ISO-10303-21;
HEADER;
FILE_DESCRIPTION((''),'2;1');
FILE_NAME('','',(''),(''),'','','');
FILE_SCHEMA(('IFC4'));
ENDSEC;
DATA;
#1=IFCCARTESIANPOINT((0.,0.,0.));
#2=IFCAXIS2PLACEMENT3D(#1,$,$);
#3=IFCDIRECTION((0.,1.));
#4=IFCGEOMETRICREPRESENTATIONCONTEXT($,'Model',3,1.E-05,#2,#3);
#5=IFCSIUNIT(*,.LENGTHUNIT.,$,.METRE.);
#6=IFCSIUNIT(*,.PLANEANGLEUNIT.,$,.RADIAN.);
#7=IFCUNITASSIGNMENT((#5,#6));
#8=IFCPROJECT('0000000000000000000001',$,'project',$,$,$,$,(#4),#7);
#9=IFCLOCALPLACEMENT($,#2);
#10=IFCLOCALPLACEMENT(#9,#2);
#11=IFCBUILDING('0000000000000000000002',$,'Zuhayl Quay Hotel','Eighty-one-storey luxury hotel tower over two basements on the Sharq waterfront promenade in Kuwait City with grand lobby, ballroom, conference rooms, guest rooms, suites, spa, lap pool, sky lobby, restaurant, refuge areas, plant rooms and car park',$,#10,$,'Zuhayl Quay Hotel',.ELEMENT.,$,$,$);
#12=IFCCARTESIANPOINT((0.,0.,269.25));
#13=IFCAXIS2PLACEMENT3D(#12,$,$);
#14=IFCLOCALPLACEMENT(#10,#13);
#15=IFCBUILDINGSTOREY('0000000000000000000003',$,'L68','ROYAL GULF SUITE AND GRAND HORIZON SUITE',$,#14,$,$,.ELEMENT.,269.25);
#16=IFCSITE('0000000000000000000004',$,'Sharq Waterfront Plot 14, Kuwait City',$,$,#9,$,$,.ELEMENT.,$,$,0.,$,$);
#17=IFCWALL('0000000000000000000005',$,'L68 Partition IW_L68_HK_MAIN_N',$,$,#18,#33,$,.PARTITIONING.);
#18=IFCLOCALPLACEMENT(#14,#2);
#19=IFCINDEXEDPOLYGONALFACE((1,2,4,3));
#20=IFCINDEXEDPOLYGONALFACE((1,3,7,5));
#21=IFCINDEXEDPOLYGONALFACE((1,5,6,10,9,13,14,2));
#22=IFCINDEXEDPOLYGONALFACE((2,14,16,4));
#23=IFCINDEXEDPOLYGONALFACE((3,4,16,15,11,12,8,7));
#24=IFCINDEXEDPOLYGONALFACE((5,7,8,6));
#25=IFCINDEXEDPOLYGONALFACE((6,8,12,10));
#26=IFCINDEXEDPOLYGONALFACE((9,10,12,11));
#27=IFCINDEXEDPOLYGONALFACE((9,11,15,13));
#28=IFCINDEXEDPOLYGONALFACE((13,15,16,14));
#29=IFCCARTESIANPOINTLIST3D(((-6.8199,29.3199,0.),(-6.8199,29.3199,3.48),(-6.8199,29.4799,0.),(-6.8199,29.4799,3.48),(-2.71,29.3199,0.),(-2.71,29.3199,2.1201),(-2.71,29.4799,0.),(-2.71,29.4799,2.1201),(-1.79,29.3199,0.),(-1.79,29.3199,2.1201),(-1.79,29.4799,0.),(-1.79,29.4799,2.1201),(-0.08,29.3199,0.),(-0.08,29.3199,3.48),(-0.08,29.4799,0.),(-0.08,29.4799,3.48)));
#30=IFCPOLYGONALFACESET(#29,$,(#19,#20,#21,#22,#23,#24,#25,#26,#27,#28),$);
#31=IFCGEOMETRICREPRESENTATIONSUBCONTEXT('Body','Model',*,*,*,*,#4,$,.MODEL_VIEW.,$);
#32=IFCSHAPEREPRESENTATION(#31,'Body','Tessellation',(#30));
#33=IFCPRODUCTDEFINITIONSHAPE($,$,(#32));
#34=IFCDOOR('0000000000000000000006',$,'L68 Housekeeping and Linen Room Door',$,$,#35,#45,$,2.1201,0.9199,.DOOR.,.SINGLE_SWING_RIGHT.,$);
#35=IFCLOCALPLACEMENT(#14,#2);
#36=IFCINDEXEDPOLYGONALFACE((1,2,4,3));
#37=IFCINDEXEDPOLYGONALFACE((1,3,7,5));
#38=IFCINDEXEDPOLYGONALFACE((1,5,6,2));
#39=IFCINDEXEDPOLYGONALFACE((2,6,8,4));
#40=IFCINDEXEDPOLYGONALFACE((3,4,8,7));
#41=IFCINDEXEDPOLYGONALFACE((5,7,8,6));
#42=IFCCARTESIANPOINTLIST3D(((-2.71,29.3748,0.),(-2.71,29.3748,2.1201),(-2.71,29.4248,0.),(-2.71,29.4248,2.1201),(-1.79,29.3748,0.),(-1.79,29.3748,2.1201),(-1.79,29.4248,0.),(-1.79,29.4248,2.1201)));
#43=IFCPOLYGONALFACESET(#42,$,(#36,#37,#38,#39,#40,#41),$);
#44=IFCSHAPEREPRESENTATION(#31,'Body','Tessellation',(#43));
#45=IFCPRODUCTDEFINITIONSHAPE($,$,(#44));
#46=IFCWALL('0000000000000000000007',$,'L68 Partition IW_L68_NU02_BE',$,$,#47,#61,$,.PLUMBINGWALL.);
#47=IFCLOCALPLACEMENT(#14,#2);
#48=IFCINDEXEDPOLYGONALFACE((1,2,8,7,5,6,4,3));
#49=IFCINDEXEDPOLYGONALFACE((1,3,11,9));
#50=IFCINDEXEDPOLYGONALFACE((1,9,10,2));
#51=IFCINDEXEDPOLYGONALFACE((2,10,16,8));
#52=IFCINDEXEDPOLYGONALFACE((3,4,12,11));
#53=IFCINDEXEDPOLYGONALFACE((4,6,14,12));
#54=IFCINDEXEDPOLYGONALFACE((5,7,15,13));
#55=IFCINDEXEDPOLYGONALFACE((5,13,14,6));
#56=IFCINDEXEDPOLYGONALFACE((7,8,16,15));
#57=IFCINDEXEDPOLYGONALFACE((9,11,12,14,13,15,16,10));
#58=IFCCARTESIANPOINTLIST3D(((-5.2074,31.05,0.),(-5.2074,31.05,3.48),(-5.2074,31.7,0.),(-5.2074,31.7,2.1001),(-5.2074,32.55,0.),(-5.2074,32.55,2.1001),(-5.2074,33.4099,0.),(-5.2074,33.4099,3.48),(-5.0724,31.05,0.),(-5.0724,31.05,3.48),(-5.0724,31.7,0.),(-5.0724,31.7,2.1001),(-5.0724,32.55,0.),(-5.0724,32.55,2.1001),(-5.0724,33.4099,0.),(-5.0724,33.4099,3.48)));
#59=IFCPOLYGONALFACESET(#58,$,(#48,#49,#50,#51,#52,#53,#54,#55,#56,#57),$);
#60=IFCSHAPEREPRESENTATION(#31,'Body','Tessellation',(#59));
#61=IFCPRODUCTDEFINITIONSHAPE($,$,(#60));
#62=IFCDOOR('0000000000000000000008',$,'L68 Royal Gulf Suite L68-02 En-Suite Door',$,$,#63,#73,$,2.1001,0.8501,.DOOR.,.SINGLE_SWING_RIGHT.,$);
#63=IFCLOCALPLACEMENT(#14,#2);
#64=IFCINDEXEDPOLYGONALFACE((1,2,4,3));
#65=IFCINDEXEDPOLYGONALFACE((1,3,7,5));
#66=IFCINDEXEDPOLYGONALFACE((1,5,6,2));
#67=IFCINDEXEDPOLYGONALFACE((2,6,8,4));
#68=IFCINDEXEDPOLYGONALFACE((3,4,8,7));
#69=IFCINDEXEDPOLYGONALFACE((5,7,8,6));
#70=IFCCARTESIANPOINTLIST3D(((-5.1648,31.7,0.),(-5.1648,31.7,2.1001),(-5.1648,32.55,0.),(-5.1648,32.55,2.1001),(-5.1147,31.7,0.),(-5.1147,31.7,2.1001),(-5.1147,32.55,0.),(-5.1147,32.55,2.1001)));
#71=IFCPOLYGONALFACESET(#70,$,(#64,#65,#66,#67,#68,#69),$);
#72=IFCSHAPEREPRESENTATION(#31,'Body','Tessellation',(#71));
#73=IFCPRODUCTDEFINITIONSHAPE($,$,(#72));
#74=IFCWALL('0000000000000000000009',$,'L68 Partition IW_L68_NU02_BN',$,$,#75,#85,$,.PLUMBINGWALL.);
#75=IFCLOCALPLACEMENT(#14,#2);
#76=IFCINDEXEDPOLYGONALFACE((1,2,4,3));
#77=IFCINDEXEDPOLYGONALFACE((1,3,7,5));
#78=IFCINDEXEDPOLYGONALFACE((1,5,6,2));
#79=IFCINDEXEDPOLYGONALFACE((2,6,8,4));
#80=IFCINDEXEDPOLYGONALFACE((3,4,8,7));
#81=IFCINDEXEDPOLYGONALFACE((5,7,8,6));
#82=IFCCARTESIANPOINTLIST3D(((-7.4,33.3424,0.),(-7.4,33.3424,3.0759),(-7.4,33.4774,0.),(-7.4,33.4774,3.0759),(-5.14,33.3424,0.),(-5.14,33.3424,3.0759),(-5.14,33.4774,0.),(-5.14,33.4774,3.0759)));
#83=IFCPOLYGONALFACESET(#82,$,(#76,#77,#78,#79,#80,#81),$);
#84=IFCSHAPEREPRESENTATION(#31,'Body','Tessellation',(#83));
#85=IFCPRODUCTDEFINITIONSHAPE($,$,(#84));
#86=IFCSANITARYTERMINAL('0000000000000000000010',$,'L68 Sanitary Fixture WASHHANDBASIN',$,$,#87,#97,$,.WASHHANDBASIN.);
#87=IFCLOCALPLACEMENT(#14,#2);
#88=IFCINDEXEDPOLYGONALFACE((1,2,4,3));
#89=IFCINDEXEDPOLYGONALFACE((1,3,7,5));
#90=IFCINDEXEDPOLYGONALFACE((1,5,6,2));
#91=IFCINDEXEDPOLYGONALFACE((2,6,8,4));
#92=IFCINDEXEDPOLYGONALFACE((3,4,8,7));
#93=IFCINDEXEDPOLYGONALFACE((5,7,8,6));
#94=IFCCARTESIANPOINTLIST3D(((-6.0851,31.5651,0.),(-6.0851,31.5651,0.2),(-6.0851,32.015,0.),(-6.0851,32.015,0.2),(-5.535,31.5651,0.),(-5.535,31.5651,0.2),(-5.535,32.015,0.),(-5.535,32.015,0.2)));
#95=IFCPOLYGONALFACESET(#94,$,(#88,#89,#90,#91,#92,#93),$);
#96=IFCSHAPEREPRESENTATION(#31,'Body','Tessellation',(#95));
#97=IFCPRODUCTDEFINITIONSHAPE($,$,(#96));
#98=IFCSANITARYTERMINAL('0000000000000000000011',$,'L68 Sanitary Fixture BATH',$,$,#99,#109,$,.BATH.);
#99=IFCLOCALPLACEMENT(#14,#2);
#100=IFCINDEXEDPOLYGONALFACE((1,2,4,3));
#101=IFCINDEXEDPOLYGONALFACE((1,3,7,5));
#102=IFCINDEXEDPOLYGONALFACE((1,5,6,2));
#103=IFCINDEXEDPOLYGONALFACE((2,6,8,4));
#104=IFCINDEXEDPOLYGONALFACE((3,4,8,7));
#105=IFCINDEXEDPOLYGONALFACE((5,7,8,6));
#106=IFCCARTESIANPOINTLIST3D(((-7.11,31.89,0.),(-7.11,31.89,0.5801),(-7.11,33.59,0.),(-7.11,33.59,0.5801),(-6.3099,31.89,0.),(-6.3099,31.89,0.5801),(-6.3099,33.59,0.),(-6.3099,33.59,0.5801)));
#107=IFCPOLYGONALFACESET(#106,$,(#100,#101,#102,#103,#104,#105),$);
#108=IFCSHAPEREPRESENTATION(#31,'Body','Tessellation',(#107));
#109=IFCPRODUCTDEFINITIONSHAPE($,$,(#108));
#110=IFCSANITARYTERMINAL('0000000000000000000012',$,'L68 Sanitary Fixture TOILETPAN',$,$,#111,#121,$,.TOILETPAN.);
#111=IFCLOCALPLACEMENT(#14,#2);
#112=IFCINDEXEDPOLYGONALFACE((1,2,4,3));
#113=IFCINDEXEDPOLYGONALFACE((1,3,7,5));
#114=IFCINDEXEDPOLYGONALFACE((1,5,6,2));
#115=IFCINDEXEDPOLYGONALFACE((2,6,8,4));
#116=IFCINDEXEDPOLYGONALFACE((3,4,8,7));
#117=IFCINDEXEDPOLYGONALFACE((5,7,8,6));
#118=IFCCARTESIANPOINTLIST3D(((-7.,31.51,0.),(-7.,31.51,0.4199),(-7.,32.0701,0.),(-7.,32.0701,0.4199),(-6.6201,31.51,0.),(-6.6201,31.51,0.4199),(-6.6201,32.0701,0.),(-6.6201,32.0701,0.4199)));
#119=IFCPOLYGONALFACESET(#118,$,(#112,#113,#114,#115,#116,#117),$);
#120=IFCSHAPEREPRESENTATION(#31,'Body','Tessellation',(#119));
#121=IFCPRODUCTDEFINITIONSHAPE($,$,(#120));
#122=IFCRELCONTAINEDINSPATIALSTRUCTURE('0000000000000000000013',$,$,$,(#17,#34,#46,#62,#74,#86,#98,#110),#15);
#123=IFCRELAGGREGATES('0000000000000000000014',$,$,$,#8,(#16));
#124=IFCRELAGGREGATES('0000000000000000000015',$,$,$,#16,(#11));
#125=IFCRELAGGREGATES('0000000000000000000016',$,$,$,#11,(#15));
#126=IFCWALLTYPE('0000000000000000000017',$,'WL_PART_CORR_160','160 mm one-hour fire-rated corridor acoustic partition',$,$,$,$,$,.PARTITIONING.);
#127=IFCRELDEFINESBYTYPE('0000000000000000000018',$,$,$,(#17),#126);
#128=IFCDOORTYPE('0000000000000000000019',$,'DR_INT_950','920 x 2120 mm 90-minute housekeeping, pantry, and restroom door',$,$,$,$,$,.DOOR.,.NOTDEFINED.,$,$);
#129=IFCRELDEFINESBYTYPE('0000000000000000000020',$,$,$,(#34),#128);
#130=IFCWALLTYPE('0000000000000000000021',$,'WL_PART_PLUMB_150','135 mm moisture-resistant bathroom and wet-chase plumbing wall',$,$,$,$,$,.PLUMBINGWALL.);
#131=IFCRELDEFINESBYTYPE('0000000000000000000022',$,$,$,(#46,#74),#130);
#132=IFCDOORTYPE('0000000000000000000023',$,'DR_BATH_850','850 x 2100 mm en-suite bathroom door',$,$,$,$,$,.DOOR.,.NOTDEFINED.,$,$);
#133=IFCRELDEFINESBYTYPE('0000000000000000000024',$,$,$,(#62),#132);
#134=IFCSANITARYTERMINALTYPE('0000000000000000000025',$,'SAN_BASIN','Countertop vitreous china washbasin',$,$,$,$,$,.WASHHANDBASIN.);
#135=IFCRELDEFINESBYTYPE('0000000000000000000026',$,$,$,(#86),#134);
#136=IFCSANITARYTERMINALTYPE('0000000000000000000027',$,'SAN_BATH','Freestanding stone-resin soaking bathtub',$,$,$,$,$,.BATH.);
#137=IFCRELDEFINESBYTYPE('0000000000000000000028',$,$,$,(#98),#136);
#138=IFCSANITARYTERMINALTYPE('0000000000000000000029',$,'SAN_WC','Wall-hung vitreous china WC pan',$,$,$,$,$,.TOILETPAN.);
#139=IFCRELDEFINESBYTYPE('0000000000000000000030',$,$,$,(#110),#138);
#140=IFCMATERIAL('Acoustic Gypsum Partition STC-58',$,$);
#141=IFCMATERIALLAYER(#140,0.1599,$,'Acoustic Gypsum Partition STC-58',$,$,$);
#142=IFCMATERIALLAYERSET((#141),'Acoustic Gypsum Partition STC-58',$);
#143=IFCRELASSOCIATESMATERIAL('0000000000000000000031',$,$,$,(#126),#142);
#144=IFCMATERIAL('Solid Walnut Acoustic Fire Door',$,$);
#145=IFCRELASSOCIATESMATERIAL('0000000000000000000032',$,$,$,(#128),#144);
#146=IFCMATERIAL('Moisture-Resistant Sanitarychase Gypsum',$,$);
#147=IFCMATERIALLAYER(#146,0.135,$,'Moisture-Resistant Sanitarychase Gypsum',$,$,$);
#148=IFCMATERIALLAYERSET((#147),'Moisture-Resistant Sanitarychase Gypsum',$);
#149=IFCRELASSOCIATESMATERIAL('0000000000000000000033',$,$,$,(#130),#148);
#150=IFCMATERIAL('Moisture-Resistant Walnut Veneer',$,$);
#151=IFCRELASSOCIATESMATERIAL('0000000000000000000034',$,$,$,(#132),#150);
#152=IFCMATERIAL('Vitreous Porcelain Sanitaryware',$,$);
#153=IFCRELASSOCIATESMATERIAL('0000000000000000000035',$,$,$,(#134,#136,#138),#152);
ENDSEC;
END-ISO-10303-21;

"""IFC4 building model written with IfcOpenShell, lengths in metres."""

from ifc_helpers import new_model, si_unit, direction, frame, frame_2d, origin, origin_2d, place, context, subcontext, project, spatial, rectangle, extrude, material, layer, layer_set, type_object, element, fill, save


model = new_model("IFC4")

# Units and contexts
model_context = context("Model", 3, precision=1e-05, world=origin(), true_north=direction((0.0, 1.0)))
body_context = subcontext(model_context, "Body", "Model", "MODEL_VIEW")
ifc_project = project(units=[si_unit("LENGTHUNIT", "METRE"), si_unit("PLANEANGLEUNIT", "RADIAN")], contexts=[model_context])

# Site, building, storey
site_placement = place(None, origin())
site = spatial("IfcSite", under=ifc_project, at=site_placement, Name="Sharq Waterfront Plot 14, Kuwait City", CompositionType="ELEMENT", RefElevation=0.0)
building_placement = place(site_placement, origin())
building = spatial("IfcBuilding", under=site, at=building_placement, Name="Zuhayl Quay Hotel", Description="Eighty-one-storey luxury hotel tower over two basements on the Sharq waterfront promenade in Kuwait City with grand lobby, ballroom, conference rooms, guest rooms, suites, spa, lap pool, sky lobby, restaurant, refuge areas, plant rooms and car park", LongName="Zuhayl Quay Hotel", CompositionType="ELEMENT")
storey_placement = place(building_placement, frame((0.0, 0.0, 269.25)))
storey = spatial("IfcBuildingStorey", under=building, at=storey_placement, Name="L68", Description="ROYAL GULF SUITE AND GRAND HORIZON SUITE", CompositionType="ELEMENT", Elevation=269.25)

# Shared definitions
ifc_material_1 = material(Name="Acoustic Gypsum Partition STC-58")

# Walls, openings, doors
ifc_layer_1 = layer(ifc_material_1, 0.1599, Name="Acoustic Gypsum Partition STC-58")
ifc_layer_set_1 = layer_set([ifc_layer_1], Name="Acoustic Gypsum Partition STC-58")
wall_type_1 = type_object("IfcWallType", Name="WL_PART_CORR_160", Description="160 mm one-hour fire-rated corridor acoustic partition", PredefinedType="PARTITIONING", material=ifc_layer_set_1)
ifc_material_2 = material(Name="Solid Walnut Acoustic Fire Door")
wall_1_placement = place(storey_placement, frame((-6.8201, 29.3999, 0.0), z_axis=(0.0, 0.0, 1.0), x_axis=(1.0, 0.0, 0.0)))
wall_1 = element("IfcWall", 1, at=wall_1_placement, inside=storey, type_object=wall_type_1, Name="L68 Partition IW_L68_HK_MAIN_N", PredefinedType="PARTITIONING", context=body_context, shape_type="SweptSolid", body=[
    extrude(rectangle(XDim=6.74, YDim=0.1599, at=frame_2d((3.3701, 0.0))), origin(), (0.0, 0.0, 1.0), 3.48),
])
opening_1_placement = place(wall_1_placement, frame((4.1101, 0.0, 0.0)))
opening_1 = element("IfcOpeningElement", 2, at=opening_1_placement, cuts=wall_1, PredefinedType="OPENING", context=body_context, shape_type="SweptSolid", body=[
    extrude(rectangle(XDim=0.9199, YDim=2.1201, at=frame_2d((0.46, 1.0601))), frame((0.0, 0.0898, 0.0), z_axis=(0.0, -1.0, 0.0), x_axis=(1.0, 0.0, 0.0)), (0.0, 0.0, 1.0), 0.1799),
])
door_type_1 = type_object("IfcDoorType", Name="DR_INT_950", Description="920 x 2120 mm 90-minute housekeeping, pantry, and restroom door", OperationType="NOTDEFINED", PredefinedType="DOOR", material=ifc_material_2)
door_1_placement = place(opening_1_placement, origin())
door_1 = element("IfcDoor", 3, at=door_1_placement, inside=storey, type_object=door_type_1, Name="L68 Housekeeping and Linen Room Door", OperationType="SINGLE_SWING_RIGHT", OverallHeight=2.1201, OverallWidth=0.9199, PredefinedType="DOOR", context=body_context, shape_type="SweptSolid", body=[
    extrude(rectangle(XDim=0.9199, YDim=2.1201, at=frame_2d((0.46, 1.0601))), frame((0.0, 0.0249, 0.0), z_axis=(0.0, -1.0, 0.0), x_axis=(1.0, 0.0, 0.0)), (0.0, 0.0, 1.0), 0.05),
])
fill(opening_1, door_1)
ifc_material_3 = material(Name="Moisture-Resistant Sanitarychase Gypsum")
ifc_layer_2 = layer(ifc_material_3, 0.135, Name="Moisture-Resistant Sanitarychase Gypsum")
ifc_layer_set_2 = layer_set([ifc_layer_2], Name="Moisture-Resistant Sanitarychase Gypsum")
wall_type_2 = type_object("IfcWallType", Name="WL_PART_PLUMB_150", Description="135 mm moisture-resistant bathroom and wet-chase plumbing wall", PredefinedType="PLUMBINGWALL", material=ifc_layer_set_2)
wall_2_placement = place(storey_placement, frame((-5.1399, 31.05, 0.0), z_axis=(0.0, 0.0, 1.0), x_axis=(0.0, 1.0, 0.0)))
wall_2 = element("IfcWall", 4, at=wall_2_placement, inside=storey, type_object=wall_type_2, Name="L68 Partition IW_L68_NU02_BE", PredefinedType="PLUMBINGWALL", context=body_context, shape_type="SweptSolid", body=[
    extrude(rectangle(XDim=2.3599, YDim=0.135, at=frame_2d((1.1799, 0.0))), origin(), (0.0, 0.0, 1.0), 3.48),
])
opening_2_placement = place(wall_2_placement, frame((0.6499, 0.0, 0.0)))
opening_2 = element("IfcOpeningElement", 5, at=opening_2_placement, cuts=wall_2, PredefinedType="OPENING", context=body_context, shape_type="SweptSolid", body=[
    extrude(rectangle(XDim=0.8501, YDim=2.1001, at=frame_2d((0.425, 1.05))), frame((0.0, 0.0774, 0.0), z_axis=(0.0, -1.0, 0.0), x_axis=(1.0, 0.0, 0.0)), (0.0, 0.0, 1.0), 0.155),
])
ifc_material_4 = material(Name="Moisture-Resistant Walnut Veneer")
door_type_2 = type_object("IfcDoorType", Name="DR_BATH_850", Description="850 x 2100 mm en-suite bathroom door", OperationType="NOTDEFINED", PredefinedType="DOOR", material=ifc_material_4)
door_2_placement = place(opening_2_placement, origin())
door_2 = element("IfcDoor", 6, at=door_2_placement, inside=storey, type_object=door_type_2, Name="L68 Royal Gulf Suite L68-02 En-Suite Door", OperationType="SINGLE_SWING_RIGHT", OverallHeight=2.1001, OverallWidth=0.8501, PredefinedType="DOOR", context=body_context, shape_type="SweptSolid", body=[
    extrude(rectangle(XDim=0.8501, YDim=2.1001, at=frame_2d((0.425, 1.05))), frame((0.0, 0.0249, 0.0), z_axis=(0.0, -1.0, 0.0), x_axis=(1.0, 0.0, 0.0)), (0.0, 0.0, 1.0), 0.05),
])
fill(opening_2, door_2)

# Wall
wall_3_placement = place(storey_placement, frame((-7.3999, 33.4099, 0.0), z_axis=(0.0, 0.0, 1.0), x_axis=(1.0, 0.0, 0.0)))
element("IfcWall", 7, at=wall_3_placement, inside=storey, type_object=wall_type_2, Name="L68 Partition IW_L68_NU02_BN", PredefinedType="PLUMBINGWALL", context=body_context, shape_type="SweptSolid", body=[
    extrude(rectangle(XDim=2.26, YDim=0.135, at=frame_2d((1.1299, 0.0))), origin(), (0.0, 0.0, 1.0), 3.0759),
])

# Sanitary terminals
ifc_material_5 = material(Name="Vitreous Porcelain Sanitaryware")
sanitary_terminal_type_1 = type_object("IfcSanitaryTerminalType", Name="SAN_BASIN", Description="Countertop vitreous china washbasin", PredefinedType="WASHHANDBASIN", material=ifc_material_5)
sanitary_terminal_1_placement = place(storey_placement, frame((-5.8101, 31.79, 0.0), z_axis=(0.0, 0.0, 1.0), x_axis=(1.0, 0.0, 0.0)))
element("IfcSanitaryTerminal", 8, at=sanitary_terminal_1_placement, inside=storey, type_object=sanitary_terminal_type_1, Name="L68 Sanitary Fixture WASHHANDBASIN", PredefinedType="WASHHANDBASIN", context=body_context, shape_type="SweptSolid", body=[
    extrude(rectangle(XDim=0.55, YDim=0.45, at=origin_2d()), origin(), (0.0, 0.0, 1.0), 0.2),
])
sanitary_terminal_type_2 = type_object("IfcSanitaryTerminalType", Name="SAN_BATH", Description="Freestanding stone-resin soaking bathtub", PredefinedType="BATH", material=ifc_material_5)
sanitary_terminal_2_placement = place(storey_placement, frame((-6.71, 32.74, 0.0), z_axis=(0.0, 0.0, 1.0), x_axis=(1.0, 0.0, 0.0)))
element("IfcSanitaryTerminal", 9, at=sanitary_terminal_2_placement, inside=storey, type_object=sanitary_terminal_type_2, Name="L68 Sanitary Fixture BATH", PredefinedType="BATH", context=body_context, shape_type="SweptSolid", body=[
    extrude(rectangle(XDim=0.8, YDim=1.7, at=origin_2d()), origin(), (0.0, 0.0, 1.0), 0.5801),
])
sanitary_terminal_type_3 = type_object("IfcSanitaryTerminalType", Name="SAN_WC", Description="Wall-hung vitreous china WC pan", PredefinedType="TOILETPAN", material=ifc_material_5)
sanitary_terminal_3_placement = place(storey_placement, frame((-6.8101, 31.79, 0.0), z_axis=(0.0, 0.0, 1.0), x_axis=(1.0, 0.0, 0.0)))
element("IfcSanitaryTerminal", 10, at=sanitary_terminal_3_placement, inside=storey, type_object=sanitary_terminal_type_3, Name="L68 Sanitary Fixture TOILETPAN", PredefinedType="TOILETPAN", context=body_context, shape_type="SweptSolid", body=[
    extrude(rectangle(XDim=0.3799, YDim=0.5601, at=origin_2d()), origin(), (0.0, 0.0, 1.0), 0.4199),
])

save(model, "model.ifc")
